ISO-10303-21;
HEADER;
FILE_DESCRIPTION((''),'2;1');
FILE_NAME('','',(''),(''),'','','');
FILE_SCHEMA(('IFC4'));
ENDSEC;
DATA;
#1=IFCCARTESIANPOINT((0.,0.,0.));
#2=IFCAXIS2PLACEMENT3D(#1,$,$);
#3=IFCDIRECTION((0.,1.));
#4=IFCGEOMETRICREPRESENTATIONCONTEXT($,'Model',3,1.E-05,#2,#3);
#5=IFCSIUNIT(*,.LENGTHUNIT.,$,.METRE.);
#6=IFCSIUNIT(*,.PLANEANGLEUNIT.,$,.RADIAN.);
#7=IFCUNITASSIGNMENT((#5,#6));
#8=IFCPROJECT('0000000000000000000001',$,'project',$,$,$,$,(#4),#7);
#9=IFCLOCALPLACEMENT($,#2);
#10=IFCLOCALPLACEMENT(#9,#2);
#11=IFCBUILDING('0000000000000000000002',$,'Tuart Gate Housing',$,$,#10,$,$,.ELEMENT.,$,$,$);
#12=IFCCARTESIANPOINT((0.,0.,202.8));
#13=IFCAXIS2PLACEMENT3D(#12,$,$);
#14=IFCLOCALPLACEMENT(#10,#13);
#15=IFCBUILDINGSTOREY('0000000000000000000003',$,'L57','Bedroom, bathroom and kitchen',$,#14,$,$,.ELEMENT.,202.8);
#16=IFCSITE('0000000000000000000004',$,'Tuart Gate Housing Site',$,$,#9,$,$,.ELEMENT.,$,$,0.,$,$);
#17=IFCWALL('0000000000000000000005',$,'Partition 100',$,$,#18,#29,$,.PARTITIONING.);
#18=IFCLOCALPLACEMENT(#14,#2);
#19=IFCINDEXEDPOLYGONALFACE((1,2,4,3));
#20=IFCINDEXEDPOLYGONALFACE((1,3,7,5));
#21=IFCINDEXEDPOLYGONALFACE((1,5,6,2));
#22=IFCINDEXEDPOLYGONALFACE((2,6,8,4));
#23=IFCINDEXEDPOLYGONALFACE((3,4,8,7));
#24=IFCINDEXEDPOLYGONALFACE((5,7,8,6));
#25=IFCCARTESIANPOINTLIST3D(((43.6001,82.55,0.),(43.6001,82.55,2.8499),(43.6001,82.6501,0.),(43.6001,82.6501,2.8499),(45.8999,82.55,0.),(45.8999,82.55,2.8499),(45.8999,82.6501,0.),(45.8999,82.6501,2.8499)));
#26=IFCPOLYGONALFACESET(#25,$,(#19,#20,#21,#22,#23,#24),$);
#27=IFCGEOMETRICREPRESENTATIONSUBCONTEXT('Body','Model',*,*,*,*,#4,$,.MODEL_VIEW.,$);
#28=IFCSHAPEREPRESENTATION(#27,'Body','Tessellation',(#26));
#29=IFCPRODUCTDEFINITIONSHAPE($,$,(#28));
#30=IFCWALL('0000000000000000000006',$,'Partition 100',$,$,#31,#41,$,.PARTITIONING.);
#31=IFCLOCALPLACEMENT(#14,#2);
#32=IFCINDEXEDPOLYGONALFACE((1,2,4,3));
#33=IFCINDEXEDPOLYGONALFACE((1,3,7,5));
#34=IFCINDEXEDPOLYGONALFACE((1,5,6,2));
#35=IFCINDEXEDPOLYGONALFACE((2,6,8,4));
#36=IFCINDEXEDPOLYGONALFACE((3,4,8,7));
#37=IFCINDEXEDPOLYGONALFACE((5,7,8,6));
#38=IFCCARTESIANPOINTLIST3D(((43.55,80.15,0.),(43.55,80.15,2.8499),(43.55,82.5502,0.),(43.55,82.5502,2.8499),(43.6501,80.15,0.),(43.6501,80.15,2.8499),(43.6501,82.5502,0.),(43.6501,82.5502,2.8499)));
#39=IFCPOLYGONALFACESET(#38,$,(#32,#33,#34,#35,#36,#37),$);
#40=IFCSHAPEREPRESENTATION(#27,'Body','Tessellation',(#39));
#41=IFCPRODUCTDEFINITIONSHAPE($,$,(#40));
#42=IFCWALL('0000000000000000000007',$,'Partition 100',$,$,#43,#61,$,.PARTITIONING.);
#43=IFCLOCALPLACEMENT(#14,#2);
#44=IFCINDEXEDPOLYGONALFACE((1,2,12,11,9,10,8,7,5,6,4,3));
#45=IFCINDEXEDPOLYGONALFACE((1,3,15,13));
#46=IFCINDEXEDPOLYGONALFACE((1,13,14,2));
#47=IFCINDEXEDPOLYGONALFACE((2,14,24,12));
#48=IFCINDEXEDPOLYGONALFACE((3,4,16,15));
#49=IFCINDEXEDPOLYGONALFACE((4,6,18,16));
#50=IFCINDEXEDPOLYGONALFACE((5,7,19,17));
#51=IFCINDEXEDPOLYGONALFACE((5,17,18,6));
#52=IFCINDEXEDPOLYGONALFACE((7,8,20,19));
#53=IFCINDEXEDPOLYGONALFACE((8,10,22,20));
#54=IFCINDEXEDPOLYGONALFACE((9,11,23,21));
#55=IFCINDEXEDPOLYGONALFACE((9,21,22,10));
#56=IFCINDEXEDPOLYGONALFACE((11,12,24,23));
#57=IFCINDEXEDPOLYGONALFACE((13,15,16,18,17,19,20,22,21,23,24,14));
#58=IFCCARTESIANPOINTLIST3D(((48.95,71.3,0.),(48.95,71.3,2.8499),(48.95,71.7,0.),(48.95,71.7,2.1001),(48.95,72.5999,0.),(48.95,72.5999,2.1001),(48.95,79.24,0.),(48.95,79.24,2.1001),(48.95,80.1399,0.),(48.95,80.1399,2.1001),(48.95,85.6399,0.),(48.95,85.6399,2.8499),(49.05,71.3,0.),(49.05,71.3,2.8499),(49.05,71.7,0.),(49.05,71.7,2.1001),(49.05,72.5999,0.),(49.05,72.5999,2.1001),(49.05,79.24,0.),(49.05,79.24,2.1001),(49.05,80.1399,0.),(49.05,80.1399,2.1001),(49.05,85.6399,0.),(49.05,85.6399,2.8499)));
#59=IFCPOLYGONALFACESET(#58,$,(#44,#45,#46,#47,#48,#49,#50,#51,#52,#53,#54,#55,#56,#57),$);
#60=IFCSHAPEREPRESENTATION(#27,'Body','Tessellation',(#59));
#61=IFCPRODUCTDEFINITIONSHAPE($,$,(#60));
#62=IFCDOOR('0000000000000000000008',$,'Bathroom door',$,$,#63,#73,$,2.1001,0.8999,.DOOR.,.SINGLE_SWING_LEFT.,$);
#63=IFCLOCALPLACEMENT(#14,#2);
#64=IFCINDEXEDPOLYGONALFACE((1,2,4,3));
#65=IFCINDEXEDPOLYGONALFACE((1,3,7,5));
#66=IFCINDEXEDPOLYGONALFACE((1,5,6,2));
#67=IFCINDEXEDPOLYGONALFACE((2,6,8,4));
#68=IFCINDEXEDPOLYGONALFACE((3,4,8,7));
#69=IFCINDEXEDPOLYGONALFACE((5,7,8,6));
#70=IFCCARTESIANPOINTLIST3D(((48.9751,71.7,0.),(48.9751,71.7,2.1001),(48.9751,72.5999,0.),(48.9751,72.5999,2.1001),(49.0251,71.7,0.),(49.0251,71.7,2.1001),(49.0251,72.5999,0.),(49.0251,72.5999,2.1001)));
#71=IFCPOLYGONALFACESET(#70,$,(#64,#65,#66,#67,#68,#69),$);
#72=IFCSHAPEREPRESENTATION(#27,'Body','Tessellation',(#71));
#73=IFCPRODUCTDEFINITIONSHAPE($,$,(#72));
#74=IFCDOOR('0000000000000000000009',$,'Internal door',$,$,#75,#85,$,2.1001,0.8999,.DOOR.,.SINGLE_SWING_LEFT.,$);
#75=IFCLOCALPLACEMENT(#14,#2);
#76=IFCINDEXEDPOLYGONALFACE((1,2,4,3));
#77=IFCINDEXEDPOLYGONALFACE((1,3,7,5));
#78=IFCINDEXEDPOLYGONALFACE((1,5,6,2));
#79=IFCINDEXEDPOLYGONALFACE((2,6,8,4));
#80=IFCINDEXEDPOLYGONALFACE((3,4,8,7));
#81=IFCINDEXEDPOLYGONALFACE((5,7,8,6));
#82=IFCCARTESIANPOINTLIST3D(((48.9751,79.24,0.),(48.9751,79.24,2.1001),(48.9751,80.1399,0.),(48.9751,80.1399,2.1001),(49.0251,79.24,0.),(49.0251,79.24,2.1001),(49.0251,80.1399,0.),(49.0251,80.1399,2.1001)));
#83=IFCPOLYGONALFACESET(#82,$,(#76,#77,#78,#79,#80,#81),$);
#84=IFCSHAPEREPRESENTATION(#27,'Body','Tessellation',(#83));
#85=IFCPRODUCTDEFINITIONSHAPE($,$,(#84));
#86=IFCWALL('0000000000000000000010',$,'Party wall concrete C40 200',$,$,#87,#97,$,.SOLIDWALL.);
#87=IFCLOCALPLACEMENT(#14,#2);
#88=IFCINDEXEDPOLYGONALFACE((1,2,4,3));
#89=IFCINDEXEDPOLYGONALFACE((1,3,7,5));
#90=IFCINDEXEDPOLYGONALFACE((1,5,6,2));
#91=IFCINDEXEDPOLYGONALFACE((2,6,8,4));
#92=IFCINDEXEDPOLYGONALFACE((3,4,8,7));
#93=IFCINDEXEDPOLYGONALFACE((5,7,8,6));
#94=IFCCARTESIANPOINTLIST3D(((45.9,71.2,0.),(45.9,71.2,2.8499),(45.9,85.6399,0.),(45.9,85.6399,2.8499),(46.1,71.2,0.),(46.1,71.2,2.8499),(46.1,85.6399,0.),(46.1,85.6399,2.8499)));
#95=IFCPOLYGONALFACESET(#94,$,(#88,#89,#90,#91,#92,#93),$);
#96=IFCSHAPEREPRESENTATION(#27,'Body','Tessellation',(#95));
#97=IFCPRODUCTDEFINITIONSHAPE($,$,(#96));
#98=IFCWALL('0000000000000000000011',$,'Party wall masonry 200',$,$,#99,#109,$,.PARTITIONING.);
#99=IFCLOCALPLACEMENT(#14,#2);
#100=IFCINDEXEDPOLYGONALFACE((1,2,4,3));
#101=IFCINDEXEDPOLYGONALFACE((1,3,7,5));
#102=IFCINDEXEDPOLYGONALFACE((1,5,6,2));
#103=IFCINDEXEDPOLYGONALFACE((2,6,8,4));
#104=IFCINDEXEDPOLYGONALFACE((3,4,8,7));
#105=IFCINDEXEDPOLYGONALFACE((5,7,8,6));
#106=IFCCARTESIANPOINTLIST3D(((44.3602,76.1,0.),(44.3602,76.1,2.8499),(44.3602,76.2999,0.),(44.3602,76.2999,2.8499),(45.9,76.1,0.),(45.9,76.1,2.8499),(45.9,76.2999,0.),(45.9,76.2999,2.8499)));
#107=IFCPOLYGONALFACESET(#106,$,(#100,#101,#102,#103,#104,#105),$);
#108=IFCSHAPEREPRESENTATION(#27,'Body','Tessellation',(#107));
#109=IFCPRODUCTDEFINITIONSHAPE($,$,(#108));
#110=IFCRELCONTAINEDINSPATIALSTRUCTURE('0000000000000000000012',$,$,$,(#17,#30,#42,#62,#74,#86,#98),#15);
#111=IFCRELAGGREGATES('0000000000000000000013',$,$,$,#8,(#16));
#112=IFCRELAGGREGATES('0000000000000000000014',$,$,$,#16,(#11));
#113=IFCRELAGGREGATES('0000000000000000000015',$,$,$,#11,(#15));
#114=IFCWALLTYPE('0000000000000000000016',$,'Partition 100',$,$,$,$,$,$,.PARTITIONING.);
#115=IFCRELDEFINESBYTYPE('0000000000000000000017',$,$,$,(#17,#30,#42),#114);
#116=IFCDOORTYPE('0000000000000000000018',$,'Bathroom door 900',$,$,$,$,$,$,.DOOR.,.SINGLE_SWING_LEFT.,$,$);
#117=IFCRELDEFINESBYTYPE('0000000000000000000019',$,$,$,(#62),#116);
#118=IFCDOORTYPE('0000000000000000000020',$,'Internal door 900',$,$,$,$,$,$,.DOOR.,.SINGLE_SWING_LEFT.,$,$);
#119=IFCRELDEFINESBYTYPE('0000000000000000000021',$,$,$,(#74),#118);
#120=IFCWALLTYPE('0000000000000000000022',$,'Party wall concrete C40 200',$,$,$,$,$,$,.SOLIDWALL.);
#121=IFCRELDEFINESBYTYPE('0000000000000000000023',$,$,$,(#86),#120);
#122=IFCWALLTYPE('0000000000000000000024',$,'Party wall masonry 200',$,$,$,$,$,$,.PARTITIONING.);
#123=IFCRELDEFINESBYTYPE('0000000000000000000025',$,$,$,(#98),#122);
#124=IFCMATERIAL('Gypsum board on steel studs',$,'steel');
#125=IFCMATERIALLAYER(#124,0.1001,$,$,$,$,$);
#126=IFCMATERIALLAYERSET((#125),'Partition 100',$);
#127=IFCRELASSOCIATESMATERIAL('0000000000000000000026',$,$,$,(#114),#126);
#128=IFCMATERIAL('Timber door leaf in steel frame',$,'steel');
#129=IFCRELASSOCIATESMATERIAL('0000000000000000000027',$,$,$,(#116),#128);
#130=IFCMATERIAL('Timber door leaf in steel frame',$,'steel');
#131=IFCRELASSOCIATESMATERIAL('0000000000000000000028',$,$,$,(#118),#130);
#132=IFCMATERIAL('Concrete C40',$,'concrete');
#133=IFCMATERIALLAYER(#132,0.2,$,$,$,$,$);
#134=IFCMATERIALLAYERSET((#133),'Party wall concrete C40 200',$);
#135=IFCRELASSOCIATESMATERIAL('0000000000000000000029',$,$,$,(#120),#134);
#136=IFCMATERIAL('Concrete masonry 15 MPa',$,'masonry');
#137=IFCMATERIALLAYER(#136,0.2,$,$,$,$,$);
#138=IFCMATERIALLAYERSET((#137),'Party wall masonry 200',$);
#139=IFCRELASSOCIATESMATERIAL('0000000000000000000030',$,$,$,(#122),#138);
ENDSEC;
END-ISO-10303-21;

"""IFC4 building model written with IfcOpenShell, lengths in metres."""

from ifc_helpers import new_model, si_unit, direction, frame, frame_2d, origin, place, context, subcontext, project, spatial, rectangle, extrude, material, layer, layer_set, type_object, element, fill, save


model = new_model("IFC4")

# Units and contexts
model_context = context("Model", 3, precision=1e-05, world=origin(), true_north=direction((0.0, 1.0)))
body_context = subcontext(model_context, "Body", "Model", "MODEL_VIEW")
ifc_project = project(units=[si_unit("LENGTHUNIT", "METRE"), si_unit("PLANEANGLEUNIT", "RADIAN")], contexts=[model_context])

# Site, building, storey
site_placement = place(None, origin())
site = spatial("IfcSite", under=ifc_project, at=site_placement, Name="Tuart Gate Housing Site", CompositionType="ELEMENT", RefElevation=0.0)
building_placement = place(site_placement, origin())
building = spatial("IfcBuilding", under=site, at=building_placement, Name="Tuart Gate Housing", CompositionType="ELEMENT")
storey_placement = place(building_placement, frame((0.0, 0.0, 202.8)))
storey = spatial("IfcBuildingStorey", under=building, at=storey_placement, Name="L57", Description="Bedroom, bathroom and kitchen", CompositionType="ELEMENT", Elevation=202.8)

# Walls
ifc_material_1 = material(Name="Gypsum board on steel studs", Category="steel")
ifc_layer_1 = layer(ifc_material_1, 0.1001)
ifc_layer_set_1 = layer_set([ifc_layer_1], Name="Partition 100")
wall_type_1 = type_object("IfcWallType", Name="Partition 100", PredefinedType="PARTITIONING", material=ifc_layer_set_1)
wall_1_placement = place(storey_placement, frame((43.6001, 82.6001, 0.0), z_axis=(0.0, 0.0, 1.0), x_axis=(1.0, 0.0, 0.0)))
element("IfcWall", 1, at=wall_1_placement, inside=storey, type_object=wall_type_1, Name="Partition 100", PredefinedType="PARTITIONING", context=body_context, shape_type="SweptSolid", body=[
    extrude(rectangle(XDim=2.2998, YDim=0.1001, at=frame_2d((1.1499, 0.0))), origin(), (0.0, 0.0, 1.0), 2.8499),
])
wall_2_placement = place(storey_placement, frame((43.6001, 80.1499, 0.0), z_axis=(0.0, 0.0, 1.0), x_axis=(0.0, 1.0, 0.0)))
element("IfcWall", 2, at=wall_2_placement, inside=storey, type_object=wall_type_1, Name="Partition 100", PredefinedType="PARTITIONING", context=body_context, shape_type="SweptSolid", body=[
    extrude(rectangle(XDim=2.4001, YDim=0.1001, at=frame_2d((1.2002, 0.0))), origin(), (0.0, 0.0, 1.0), 2.8499),
])

# Wall, openings, doors
wall_3_placement = place(storey_placement, frame((49.0, 71.3, 0.0), z_axis=(0.0, 0.0, 1.0), x_axis=(0.0, 1.0, 0.0)))
wall_3 = element("IfcWall", 3, at=wall_3_placement, inside=storey, type_object=wall_type_1, Name="Partition 100", PredefinedType="PARTITIONING", context=body_context, shape_type="SweptSolid", body=[
    extrude(rectangle(XDim=14.3398, YDim=0.1001, at=frame_2d((7.1699, 0.0))), origin(), (0.0, 0.0, 1.0), 2.8499),
])
opening_1_placement = place(wall_3_placement, frame((7.9399, 0.0, 0.0)))
opening_1 = element("IfcOpeningElement", 4, at=opening_1_placement, cuts=wall_3, PredefinedType="OPENING", context=body_context, shape_type="SweptSolid", body=[
    extrude(rectangle(XDim=0.8999, YDim=2.1001, at=frame_2d((0.45, 1.05))), frame((0.0, 0.0601, 0.0), z_axis=(0.0, -1.0, 0.0), x_axis=(1.0, 0.0, 0.0)), (0.0, 0.0, 1.0), 0.1201),
])
opening_2_placement = place(wall_3_placement, frame((0.3999, 0.0, 0.0)))
opening_2 = element("IfcOpeningElement", 5, at=opening_2_placement, cuts=wall_3, PredefinedType="OPENING", context=body_context, shape_type="SweptSolid", body=[
    extrude(rectangle(XDim=0.8999, YDim=2.1001, at=frame_2d((0.45, 1.05))), frame((0.0, 0.0601, 0.0), z_axis=(0.0, -1.0, 0.0), x_axis=(1.0, 0.0, 0.0)), (0.0, 0.0, 1.0), 0.1201),
])
ifc_material_2 = material(Name="Timber door leaf in steel frame", Category="steel")
door_type_1 = type_object("IfcDoorType", Name="Bathroom door 900", OperationType="SINGLE_SWING_LEFT", PredefinedType="DOOR", material=ifc_material_2)
door_1_placement = place(opening_2_placement, origin())
door_1 = element("IfcDoor", 6, at=door_1_placement, inside=storey, type_object=door_type_1, Name="Bathroom door", OperationType="SINGLE_SWING_LEFT", OverallHeight=2.1001, OverallWidth=0.8999, PredefinedType="DOOR", context=body_context, shape_type="SweptSolid", body=[
    extrude(rectangle(XDim=0.8999, YDim=2.1001, at=frame_2d((0.45, 1.05))), frame((0.0, 0.0249, 0.0), z_axis=(0.0, -1.0, 0.0), x_axis=(1.0, 0.0, 0.0)), (0.0, 0.0, 1.0), 0.05),
])
fill(opening_2, door_1)
ifc_material_3 = material(Name="Timber door leaf in steel frame", Category="steel")
door_type_2 = type_object("IfcDoorType", Name="Internal door 900", OperationType="SINGLE_SWING_LEFT", PredefinedType="DOOR", material=ifc_material_3)
door_2_placement = place(opening_1_placement, origin())
door_2 = element("IfcDoor", 7, at=door_2_placement, inside=storey, type_object=door_type_2, Name="Internal door", OperationType="SINGLE_SWING_LEFT", OverallHeight=2.1001, OverallWidth=0.8999, PredefinedType="DOOR", context=body_context, shape_type="SweptSolid", body=[
    extrude(rectangle(XDim=0.8999, YDim=2.1001, at=frame_2d((0.45, 1.05))), frame((0.0, 0.0249, 0.0), z_axis=(0.0, -1.0, 0.0), x_axis=(1.0, 0.0, 0.0)), (0.0, 0.0, 1.0), 0.05),
])
fill(opening_1, door_2)

# Walls
ifc_material_4 = material(Name="Concrete C40", Category="concrete")
ifc_layer_2 = layer(ifc_material_4, 0.2)
ifc_layer_set_2 = layer_set([ifc_layer_2], Name="Party wall concrete C40 200")
wall_type_2 = type_object("IfcWallType", Name="Party wall concrete C40 200", PredefinedType="SOLIDWALL", material=ifc_layer_set_2)
wall_4_placement = place(storey_placement, frame((46.0, 71.2, 0.0), z_axis=(0.0, 0.0, 1.0), x_axis=(0.0, 1.0, 0.0)))
element("IfcWall", 8, at=wall_4_placement, inside=storey, type_object=wall_type_2, Name="Party wall concrete C40 200", PredefinedType="SOLIDWALL", context=body_context, shape_type="SweptSolid", body=[
    extrude(rectangle(XDim=14.4399, YDim=0.2, at=frame_2d((7.22, 0.0))), origin(), (0.0, 0.0, 1.0), 2.8499),
])
ifc_material_5 = material(Name="Concrete masonry 15 MPa", Category="masonry")
ifc_layer_3 = layer(ifc_material_5, 0.2)
ifc_layer_set_3 = layer_set([ifc_layer_3], Name="Party wall masonry 200")
wall_type_3 = type_object("IfcWallType", Name="Party wall masonry 200", PredefinedType="PARTITIONING", material=ifc_layer_set_3)
wall_5_placement = place(storey_placement, frame((44.3601, 76.2, 0.0), z_axis=(0.0, 0.0, 1.0), x_axis=(1.0, 0.0, 0.0)))
element("IfcWall", 9, at=wall_5_placement, inside=storey, type_object=wall_type_3, Name="Party wall masonry 200", PredefinedType="PARTITIONING", context=body_context, shape_type="SweptSolid", body=[
    extrude(rectangle(XDim=1.5398, YDim=0.2, at=frame_2d((0.77, 0.0))), origin(), (0.0, 0.0, 1.0), 2.8499),
])

save(model, "model.ifc")
